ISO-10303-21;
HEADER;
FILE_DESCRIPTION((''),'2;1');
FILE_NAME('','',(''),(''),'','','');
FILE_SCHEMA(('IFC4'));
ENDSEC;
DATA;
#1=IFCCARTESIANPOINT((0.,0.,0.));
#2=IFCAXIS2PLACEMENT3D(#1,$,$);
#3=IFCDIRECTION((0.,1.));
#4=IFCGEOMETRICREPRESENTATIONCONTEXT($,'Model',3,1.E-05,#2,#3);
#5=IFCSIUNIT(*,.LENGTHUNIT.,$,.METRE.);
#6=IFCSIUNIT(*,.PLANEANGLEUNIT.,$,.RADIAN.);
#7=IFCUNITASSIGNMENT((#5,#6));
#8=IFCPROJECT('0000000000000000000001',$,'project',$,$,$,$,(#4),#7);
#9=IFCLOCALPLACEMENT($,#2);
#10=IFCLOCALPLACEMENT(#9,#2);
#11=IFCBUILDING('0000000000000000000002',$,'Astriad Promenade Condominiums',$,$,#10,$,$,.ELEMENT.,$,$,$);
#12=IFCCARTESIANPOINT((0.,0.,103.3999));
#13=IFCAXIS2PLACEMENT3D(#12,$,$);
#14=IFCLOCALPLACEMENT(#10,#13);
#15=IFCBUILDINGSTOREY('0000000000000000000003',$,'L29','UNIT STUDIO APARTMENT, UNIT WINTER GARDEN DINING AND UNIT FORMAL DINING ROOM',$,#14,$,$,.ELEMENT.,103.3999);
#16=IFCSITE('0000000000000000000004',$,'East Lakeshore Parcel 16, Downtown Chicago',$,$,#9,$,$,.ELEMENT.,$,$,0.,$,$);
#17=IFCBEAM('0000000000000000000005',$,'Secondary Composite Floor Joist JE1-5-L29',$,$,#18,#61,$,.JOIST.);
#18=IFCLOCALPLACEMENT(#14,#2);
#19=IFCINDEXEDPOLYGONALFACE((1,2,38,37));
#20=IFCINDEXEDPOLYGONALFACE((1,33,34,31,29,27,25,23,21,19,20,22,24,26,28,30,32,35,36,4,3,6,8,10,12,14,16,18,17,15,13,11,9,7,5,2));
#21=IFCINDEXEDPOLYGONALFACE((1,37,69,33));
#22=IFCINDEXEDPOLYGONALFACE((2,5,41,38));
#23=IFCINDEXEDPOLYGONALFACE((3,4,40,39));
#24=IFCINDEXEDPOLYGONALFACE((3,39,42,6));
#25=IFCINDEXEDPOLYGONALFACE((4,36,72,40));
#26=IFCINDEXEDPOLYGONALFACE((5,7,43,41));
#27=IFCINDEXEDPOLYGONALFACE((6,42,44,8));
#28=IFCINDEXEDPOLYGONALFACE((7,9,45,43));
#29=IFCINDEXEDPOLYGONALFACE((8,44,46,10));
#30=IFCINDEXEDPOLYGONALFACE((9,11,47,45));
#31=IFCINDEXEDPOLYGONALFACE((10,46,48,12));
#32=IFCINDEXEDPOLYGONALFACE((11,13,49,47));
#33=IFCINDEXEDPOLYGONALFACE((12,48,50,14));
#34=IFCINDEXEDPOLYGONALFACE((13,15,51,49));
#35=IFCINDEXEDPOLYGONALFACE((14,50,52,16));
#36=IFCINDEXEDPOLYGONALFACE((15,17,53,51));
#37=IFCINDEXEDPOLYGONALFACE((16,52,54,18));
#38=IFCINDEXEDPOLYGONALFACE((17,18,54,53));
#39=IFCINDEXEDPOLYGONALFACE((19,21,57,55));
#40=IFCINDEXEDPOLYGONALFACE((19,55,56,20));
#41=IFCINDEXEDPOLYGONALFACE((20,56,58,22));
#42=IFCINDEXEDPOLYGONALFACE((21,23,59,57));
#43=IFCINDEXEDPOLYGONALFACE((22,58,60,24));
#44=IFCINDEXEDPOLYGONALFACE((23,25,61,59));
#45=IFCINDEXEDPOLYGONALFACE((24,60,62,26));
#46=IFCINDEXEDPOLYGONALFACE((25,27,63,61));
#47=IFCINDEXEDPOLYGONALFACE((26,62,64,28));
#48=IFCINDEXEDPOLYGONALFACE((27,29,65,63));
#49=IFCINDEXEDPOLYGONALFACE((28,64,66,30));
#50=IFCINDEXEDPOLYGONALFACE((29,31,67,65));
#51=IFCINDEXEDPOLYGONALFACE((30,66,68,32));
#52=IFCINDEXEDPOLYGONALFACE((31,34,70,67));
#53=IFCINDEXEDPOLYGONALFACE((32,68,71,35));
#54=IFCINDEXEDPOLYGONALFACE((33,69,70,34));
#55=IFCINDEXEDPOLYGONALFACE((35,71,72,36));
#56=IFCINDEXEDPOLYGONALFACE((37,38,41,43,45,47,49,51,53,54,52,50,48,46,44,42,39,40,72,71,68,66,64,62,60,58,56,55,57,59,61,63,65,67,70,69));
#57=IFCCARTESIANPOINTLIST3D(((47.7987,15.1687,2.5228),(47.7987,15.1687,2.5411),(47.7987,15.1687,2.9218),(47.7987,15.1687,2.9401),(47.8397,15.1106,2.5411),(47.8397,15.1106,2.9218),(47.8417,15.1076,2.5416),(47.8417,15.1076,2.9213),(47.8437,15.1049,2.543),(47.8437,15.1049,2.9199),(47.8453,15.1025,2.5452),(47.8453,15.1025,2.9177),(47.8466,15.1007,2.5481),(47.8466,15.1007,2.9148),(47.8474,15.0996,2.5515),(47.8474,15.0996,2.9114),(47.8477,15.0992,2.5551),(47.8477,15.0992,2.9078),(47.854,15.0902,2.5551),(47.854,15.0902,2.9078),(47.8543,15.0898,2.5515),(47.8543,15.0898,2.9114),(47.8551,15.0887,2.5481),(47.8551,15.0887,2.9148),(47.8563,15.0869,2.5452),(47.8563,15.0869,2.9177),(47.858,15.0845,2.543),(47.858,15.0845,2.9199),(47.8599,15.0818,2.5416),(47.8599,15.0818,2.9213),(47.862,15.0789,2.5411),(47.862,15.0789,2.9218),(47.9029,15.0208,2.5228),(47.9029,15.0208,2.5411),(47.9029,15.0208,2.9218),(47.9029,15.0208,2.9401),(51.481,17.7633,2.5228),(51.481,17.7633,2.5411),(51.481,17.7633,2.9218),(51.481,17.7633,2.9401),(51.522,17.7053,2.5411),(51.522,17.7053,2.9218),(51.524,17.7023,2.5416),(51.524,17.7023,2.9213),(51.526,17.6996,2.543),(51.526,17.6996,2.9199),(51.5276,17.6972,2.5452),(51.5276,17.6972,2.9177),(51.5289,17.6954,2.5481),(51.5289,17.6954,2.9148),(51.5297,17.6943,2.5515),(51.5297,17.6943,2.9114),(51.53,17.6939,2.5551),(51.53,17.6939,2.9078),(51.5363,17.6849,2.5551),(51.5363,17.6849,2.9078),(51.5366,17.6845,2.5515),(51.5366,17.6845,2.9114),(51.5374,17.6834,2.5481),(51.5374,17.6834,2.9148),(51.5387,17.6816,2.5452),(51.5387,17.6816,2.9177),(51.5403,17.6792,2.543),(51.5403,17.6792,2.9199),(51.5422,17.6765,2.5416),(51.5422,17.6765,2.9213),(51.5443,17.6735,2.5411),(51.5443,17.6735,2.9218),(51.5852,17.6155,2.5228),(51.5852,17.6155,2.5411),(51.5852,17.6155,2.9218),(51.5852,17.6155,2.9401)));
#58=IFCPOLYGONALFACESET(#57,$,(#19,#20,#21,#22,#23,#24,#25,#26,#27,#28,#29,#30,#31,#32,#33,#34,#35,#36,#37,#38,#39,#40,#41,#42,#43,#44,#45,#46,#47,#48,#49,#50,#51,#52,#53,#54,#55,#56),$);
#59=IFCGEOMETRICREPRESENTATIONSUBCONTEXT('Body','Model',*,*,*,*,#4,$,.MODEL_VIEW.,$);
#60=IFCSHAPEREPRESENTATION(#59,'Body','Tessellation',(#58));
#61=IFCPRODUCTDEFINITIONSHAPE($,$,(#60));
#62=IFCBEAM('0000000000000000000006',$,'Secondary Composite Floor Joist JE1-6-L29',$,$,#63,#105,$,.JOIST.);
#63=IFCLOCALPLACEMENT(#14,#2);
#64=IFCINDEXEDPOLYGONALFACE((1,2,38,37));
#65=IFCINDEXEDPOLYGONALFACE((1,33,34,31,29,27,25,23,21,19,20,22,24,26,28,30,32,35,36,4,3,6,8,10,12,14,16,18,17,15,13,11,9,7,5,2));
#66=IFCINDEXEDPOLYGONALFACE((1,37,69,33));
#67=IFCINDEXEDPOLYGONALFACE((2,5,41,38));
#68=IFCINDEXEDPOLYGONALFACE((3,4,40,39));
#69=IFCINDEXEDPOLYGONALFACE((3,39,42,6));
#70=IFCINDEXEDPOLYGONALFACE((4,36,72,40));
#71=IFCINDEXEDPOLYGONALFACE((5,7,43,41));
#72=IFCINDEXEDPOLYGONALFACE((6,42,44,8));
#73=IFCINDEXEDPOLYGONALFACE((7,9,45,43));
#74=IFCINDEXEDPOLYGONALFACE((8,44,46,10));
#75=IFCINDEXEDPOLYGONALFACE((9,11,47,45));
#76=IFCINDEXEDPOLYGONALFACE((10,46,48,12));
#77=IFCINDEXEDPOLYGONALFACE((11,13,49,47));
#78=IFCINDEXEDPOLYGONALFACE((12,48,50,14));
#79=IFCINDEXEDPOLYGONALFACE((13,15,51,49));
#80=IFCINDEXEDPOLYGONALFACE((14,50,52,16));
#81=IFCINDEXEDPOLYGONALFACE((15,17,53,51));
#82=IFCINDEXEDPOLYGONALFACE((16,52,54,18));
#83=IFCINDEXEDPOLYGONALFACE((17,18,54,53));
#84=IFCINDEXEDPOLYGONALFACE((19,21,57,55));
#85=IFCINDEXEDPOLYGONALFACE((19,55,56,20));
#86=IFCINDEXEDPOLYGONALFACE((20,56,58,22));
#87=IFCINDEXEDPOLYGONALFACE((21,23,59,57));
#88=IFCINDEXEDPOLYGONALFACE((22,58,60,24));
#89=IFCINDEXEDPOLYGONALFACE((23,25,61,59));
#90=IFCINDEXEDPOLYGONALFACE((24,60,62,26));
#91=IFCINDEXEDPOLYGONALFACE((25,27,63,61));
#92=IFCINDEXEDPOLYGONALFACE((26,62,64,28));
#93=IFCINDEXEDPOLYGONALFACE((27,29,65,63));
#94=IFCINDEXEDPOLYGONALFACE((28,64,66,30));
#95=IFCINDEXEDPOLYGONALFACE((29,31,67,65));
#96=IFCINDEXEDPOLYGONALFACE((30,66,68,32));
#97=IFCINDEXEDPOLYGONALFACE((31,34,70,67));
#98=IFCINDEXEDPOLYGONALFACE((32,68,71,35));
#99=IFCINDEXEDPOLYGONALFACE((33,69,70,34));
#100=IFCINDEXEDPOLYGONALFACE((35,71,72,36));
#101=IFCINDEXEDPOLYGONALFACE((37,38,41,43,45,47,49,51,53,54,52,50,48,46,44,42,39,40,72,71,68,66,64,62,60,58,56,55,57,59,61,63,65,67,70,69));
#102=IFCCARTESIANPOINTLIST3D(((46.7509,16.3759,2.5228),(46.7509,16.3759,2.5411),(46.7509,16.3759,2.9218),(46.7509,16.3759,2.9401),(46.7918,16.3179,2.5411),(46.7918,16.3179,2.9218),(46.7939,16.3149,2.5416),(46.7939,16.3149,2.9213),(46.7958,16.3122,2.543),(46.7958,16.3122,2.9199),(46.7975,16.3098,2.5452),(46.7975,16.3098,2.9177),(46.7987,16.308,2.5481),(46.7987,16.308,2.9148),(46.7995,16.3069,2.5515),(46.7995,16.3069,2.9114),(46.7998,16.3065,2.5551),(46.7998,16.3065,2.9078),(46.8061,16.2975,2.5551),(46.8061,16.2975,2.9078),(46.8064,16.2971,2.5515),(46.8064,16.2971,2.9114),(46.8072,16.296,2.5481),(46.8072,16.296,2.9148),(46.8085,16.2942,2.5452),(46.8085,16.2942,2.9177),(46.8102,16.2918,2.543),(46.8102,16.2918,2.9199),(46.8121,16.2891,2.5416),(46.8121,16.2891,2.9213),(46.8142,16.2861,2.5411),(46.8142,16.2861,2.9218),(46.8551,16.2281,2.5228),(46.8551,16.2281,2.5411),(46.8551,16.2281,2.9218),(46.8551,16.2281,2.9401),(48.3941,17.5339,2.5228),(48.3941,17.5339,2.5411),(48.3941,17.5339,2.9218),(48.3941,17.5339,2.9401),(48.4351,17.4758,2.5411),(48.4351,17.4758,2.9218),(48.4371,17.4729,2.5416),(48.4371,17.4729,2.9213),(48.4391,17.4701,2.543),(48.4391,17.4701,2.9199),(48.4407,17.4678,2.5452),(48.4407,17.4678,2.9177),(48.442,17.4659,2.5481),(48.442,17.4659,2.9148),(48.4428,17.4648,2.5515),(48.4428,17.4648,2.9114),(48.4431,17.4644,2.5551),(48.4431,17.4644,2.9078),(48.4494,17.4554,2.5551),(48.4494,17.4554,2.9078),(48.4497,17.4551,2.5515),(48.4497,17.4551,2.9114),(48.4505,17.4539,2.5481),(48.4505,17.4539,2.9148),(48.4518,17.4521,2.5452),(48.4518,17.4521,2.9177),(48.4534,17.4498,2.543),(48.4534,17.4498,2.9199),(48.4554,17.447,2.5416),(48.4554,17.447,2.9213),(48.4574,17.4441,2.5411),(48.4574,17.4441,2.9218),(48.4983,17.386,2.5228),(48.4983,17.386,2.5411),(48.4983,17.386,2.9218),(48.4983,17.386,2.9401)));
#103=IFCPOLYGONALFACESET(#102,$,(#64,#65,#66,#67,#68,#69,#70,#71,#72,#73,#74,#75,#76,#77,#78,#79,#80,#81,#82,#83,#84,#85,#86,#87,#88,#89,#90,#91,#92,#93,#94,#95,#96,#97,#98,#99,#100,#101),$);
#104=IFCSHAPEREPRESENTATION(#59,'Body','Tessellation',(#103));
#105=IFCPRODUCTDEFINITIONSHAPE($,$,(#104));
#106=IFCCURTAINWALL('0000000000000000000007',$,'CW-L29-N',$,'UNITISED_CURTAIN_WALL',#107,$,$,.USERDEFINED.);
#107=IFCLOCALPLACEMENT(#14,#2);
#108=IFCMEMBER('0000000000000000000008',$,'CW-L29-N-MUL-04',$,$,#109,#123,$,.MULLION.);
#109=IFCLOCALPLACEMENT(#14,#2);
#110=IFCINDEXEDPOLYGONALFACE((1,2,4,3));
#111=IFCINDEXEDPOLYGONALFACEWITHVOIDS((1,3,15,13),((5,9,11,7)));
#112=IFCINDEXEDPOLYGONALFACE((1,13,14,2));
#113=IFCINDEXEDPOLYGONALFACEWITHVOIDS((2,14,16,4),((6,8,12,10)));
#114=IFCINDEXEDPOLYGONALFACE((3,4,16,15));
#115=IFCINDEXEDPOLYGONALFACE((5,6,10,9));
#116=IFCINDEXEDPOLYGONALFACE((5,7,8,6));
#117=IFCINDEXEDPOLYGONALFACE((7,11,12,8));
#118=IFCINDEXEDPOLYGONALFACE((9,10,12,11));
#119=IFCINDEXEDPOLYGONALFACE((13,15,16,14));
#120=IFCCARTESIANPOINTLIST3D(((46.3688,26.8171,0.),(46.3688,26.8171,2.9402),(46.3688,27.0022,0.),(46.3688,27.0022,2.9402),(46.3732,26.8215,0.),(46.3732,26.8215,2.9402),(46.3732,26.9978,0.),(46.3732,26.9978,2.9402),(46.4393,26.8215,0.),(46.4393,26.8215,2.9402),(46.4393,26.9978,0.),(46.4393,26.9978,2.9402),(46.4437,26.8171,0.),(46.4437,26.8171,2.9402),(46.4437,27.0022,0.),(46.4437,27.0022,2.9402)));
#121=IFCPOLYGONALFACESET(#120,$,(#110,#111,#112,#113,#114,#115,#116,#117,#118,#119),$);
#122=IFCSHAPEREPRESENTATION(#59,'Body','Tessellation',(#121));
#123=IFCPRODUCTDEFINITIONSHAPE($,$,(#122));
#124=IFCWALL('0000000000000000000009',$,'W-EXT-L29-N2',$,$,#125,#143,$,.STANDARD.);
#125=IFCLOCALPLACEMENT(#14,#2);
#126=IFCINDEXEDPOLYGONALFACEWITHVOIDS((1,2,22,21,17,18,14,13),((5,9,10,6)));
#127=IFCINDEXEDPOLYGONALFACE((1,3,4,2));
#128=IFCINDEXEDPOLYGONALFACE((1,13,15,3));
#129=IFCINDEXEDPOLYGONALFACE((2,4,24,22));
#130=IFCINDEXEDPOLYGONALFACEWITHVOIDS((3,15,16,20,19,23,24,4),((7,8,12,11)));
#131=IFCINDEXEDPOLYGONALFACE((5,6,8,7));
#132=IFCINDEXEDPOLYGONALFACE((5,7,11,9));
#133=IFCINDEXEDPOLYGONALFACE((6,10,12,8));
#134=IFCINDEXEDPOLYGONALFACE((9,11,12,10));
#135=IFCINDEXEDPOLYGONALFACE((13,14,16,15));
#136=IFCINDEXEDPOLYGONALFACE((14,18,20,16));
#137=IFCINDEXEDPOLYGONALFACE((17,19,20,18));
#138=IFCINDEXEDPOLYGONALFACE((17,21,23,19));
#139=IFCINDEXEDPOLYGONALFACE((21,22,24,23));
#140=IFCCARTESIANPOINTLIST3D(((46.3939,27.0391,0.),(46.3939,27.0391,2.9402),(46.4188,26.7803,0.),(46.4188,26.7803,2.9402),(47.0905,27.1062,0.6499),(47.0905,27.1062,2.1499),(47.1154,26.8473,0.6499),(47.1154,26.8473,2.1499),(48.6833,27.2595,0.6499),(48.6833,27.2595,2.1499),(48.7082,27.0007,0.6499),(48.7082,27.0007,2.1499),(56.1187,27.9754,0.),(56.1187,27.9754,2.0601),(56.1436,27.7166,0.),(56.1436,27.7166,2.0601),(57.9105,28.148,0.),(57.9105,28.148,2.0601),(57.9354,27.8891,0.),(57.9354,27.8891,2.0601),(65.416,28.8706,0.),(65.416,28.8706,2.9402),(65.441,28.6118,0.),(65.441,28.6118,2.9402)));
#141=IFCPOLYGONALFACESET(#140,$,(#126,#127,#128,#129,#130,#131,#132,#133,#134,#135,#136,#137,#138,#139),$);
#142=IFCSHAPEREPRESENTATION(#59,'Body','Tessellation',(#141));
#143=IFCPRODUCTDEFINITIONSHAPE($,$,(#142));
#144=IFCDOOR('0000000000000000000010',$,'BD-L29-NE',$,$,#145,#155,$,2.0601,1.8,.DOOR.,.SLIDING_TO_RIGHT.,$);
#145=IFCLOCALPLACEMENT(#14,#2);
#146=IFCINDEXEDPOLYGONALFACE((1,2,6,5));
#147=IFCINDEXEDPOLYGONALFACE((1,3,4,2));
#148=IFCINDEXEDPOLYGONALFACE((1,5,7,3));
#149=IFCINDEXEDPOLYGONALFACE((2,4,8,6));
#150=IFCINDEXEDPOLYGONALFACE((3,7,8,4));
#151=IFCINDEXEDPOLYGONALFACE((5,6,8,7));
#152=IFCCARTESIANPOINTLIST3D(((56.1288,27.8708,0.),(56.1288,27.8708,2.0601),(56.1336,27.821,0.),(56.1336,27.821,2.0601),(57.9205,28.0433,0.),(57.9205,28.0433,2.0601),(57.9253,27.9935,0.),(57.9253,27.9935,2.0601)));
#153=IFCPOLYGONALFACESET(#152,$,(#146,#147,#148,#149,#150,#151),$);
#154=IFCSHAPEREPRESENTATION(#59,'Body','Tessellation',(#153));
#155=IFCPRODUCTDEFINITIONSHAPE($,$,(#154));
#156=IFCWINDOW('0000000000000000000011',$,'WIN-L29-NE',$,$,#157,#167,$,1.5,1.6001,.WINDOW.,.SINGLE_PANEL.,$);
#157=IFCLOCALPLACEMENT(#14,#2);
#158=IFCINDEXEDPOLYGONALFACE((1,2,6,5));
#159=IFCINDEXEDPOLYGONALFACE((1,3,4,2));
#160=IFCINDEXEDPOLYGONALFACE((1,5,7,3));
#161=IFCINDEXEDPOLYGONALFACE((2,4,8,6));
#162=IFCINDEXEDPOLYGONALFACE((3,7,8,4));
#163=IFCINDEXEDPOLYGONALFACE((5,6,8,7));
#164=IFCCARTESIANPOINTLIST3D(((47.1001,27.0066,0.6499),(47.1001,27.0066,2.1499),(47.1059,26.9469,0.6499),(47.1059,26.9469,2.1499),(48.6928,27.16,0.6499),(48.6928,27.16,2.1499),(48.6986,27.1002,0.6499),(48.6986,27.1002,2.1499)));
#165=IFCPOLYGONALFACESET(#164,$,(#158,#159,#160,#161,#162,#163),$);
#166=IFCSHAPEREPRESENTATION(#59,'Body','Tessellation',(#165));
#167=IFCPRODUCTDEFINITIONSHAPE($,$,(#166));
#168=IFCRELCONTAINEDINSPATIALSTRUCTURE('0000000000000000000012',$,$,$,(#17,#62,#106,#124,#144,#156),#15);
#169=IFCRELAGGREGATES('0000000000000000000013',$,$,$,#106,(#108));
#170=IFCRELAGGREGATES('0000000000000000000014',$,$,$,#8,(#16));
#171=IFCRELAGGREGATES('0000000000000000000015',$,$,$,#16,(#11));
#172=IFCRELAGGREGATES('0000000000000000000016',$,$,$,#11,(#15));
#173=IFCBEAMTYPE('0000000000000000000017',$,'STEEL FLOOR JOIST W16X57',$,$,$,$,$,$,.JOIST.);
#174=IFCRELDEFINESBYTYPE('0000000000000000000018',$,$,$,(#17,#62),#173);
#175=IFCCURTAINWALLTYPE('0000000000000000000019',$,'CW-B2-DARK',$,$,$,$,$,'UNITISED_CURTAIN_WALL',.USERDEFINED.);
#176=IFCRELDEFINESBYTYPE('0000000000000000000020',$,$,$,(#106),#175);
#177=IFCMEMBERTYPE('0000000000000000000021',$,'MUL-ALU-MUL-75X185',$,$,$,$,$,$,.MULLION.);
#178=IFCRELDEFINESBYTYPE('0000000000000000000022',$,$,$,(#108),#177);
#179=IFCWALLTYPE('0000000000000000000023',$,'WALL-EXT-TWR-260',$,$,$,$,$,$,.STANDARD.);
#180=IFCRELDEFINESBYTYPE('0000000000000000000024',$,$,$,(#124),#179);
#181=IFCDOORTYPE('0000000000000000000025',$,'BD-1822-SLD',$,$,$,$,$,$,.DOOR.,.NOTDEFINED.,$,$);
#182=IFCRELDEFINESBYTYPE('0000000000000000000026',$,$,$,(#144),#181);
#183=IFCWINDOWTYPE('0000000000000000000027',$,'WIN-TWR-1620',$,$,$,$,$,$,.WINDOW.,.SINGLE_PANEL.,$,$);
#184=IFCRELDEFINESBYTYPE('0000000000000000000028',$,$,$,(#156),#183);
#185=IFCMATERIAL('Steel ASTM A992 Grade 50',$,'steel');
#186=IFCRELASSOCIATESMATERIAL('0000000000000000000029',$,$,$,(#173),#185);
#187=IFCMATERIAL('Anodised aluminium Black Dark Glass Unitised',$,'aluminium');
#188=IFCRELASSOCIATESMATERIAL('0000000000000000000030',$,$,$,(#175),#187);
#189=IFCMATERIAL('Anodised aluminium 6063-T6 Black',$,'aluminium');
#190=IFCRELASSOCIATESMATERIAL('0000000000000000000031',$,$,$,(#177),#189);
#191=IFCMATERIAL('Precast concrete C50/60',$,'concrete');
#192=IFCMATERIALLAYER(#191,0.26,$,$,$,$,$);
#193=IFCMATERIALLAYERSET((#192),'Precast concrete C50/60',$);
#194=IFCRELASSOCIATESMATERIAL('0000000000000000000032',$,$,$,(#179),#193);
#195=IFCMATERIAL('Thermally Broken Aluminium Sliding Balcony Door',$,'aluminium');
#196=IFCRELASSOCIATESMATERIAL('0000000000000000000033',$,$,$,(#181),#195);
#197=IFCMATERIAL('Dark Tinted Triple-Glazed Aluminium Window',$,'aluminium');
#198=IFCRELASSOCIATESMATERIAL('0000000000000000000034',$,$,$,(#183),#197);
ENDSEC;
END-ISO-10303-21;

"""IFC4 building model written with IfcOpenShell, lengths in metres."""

from ifc_helpers import new_model, si_unit, direction, frame, frame_2d, origin, origin_2d, place, context, subcontext, project, spatial, rectangle, hollow_rectangle, i_section, extrude, source, transform, mapped, material, layer, layer_set, material_profile, profile_set, type_object, type_shapes, element, fill, aggregate, save


model = new_model("IFC4")

# Units and contexts
model_context = context("Model", 3, precision=1e-05, world=origin(), true_north=direction((0.0, 1.0)))
body_context = subcontext(model_context, "Body", "Model", "MODEL_VIEW")
ifc_project = project(units=[si_unit("LENGTHUNIT", "METRE"), si_unit("PLANEANGLEUNIT", "RADIAN")], contexts=[model_context])

# Site, building, storey
site_placement = place(None, origin())
site = spatial("IfcSite", under=ifc_project, at=site_placement, Name="East Lakeshore Parcel 16, Downtown Chicago", CompositionType="ELEMENT", RefElevation=0.0)
building_placement = place(site_placement, origin())
building = spatial("IfcBuilding", under=site, at=building_placement, Name="Astriad Promenade Condominiums", CompositionType="ELEMENT")
storey_placement = place(building_placement, frame((0.0, 0.0, 103.3999)))
storey = spatial("IfcBuildingStorey", under=building, at=storey_placement, Name="L29", Description="UNIT STUDIO APARTMENT, UNIT WINTER GARDEN DINING AND UNIT FORMAL DINING ROOM", CompositionType="ELEMENT", Elevation=103.3999)

# Beams
ifc_material_1 = material(Name="Steel ASTM A992 Grade 50", Category="steel")
ifc_material_profile_1 = material_profile(ifc_material_1, i_section(OverallWidth=0.1809, OverallDepth=0.4172, WebThickness=0.011, FlangeThickness=0.0183, FilletRadius=0.0139, at=origin_2d()), Name="W16X57")
ifc_profile_set_1 = profile_set([ifc_material_profile_1], Name="Steel ASTM A992 Grade 50")
beam_type_1 = type_object("IfcBeamType", Name="STEEL FLOOR JOIST W16X57", PredefinedType="JOIST", material=ifc_profile_set_1)
shared_shape_1 = source(origin(), body_context, "Body", "SweptSolid", [
    extrude(i_section(OverallWidth=0.1809, OverallDepth=0.4172, WebThickness=0.011, FlangeThickness=0.0183, FilletRadius=0.0139, at=origin_2d()), origin(), (0.0, 0.0, 1.0), 4.5046),
])
beam_1_placement = place(storey_placement, frame((47.8508, 15.0947, 2.7314), z_axis=(0.817448, 0.576002, 0.0), x_axis=(-0.576002, 0.817448, 0.0)))
element("IfcBeam", 1, at=beam_1_placement, inside=storey, type_object=beam_type_1, Name="Secondary Composite Floor Joist JE1-5-L29", PredefinedType="JOIST", context=body_context, shape_type="MappedRepresentation", body=[
    mapped(shared_shape_1, transform((0.0, 0.0, 0.0), scale=1.0)),
])
shared_shape_2 = source(origin(), body_context, "Body", "SweptSolid", [
    extrude(i_section(OverallWidth=0.1809, OverallDepth=0.4172, WebThickness=0.011, FlangeThickness=0.0183, FilletRadius=0.0139, at=origin_2d()), origin(), (0.0, 0.0, 1.0), 2.0103),
])
beam_2_placement = place(storey_placement, frame((46.803, 16.302, 2.7314), z_axis=(0.817442, 0.576011, 0.0), x_axis=(-0.576011, 0.817442, 0.0)))
element("IfcBeam", 2, at=beam_2_placement, inside=storey, type_object=beam_type_1, Name="Secondary Composite Floor Joist JE1-6-L29", PredefinedType="JOIST", context=body_context, shape_type="MappedRepresentation", body=[
    mapped(shared_shape_2, transform((0.0, 0.0, 0.0), scale=1.0)),
])

# Curtain wall, member
ifc_material_2 = material(Name="Anodised aluminium Black Dark Glass Unitised", Category="aluminium")
curtain_wall_type = type_object("IfcCurtainWallType", Name="CW-B2-DARK", ElementType="UNITISED_CURTAIN_WALL", PredefinedType="USERDEFINED", material=ifc_material_2)
curtain_wall_placement = place(storey_placement, origin())
curtain_wall = element("IfcCurtainWall", 3, at=curtain_wall_placement, inside=storey, type_object=curtain_wall_type, Name="CW-L29-N", ObjectType="UNITISED_CURTAIN_WALL", PredefinedType="USERDEFINED")
ifc_material_3 = material(Name="Anodised aluminium 6063-T6 Black", Category="aluminium")
ifc_material_profile_2 = material_profile(ifc_material_3, hollow_rectangle(XDim=0.075, YDim=0.1851, WallThickness=0.0044, at=origin_2d()), Name="ALU-MUL-75X185")
ifc_profile_set_2 = profile_set([ifc_material_profile_2], Name="Anodised aluminium 6063-T6 Black")
member_type = type_object("IfcMemberType", Name="MUL-ALU-MUL-75X185", PredefinedType="MULLION", material=ifc_profile_set_2)
shared_shape_3 = source(origin(), body_context, "Body", "SweptSolid", [
    extrude(hollow_rectangle(XDim=0.075, YDim=0.1851, WallThickness=0.0044, at=origin_2d()), origin(), (0.0, 0.0, 1.0), 2.9402),
])
type_shapes(member_type, [shared_shape_3])
member_placement = place(storey_placement, frame((46.4062, 26.9097, 0.0), z_axis=(0.0, 0.0, 1.0), x_axis=(1.0, 0.0, 0.0)))
member = element("IfcMember", 4, at=member_placement, type_object=member_type, Name="CW-L29-N-MUL-04", PredefinedType="MULLION", context=body_context, shape_type="MappedRepresentation", body=[
    mapped(shared_shape_3, transform((0.0, 0.0, 0.0), scale=1.0)),
])
aggregate(curtain_wall, [member])

# Wall, openings, door, window
ifc_material_4 = material(Name="Precast concrete C50/60", Category="concrete")
ifc_layer_1 = layer(ifc_material_4, 0.26)
ifc_layer_set_1 = layer_set([ifc_layer_1], Name="Precast concrete C50/60")
wall_type_1 = type_object("IfcWallType", Name="WALL-EXT-TWR-260", PredefinedType="STANDARD", material=ifc_layer_set_1)
wall_1_placement = place(storey_placement, frame((46.4062, 26.9097, 0.0), z_axis=(0.0, 0.0, 1.0), x_axis=(0.995397, 0.095841, 0.0)))
wall_1 = element("IfcWall", 5, at=wall_1_placement, inside=storey, type_object=wall_type_1, Name="W-EXT-L29-N2", PredefinedType="STANDARD", context=body_context, shape_type="SweptSolid", body=[
    extrude(rectangle(XDim=19.1101, YDim=0.26, at=frame_2d((9.5552, 0.0))), origin(), (0.0, 0.0, 1.0), 2.9402),
])
opening_1_placement = place(wall_1_placement, frame((9.77, 0.0, 0.0)))
opening_1 = element("IfcOpeningElement", 6, at=opening_1_placement, cuts=wall_1, PredefinedType="OPENING", context=body_context, shape_type="SweptSolid", body=[
    extrude(rectangle(XDim=1.8, YDim=2.0601, at=frame_2d((0.8999, 1.03))), frame((0.0, 0.1399, 0.0), z_axis=(0.0, -1.0, 0.0), x_axis=(1.0, 0.0, 0.0)), (0.0, 0.0, 1.0), 0.28),
])
opening_2_placement = place(wall_1_placement, frame((0.7, 0.0, 0.6499)))
opening_2 = element("IfcOpeningElement", 7, at=opening_2_placement, cuts=wall_1, PredefinedType="OPENING", context=body_context, shape_type="SweptSolid", body=[
    extrude(rectangle(XDim=1.6001, YDim=1.5, at=frame_2d((0.8, 0.75))), frame((0.0, 0.1399, 0.0), z_axis=(0.0, -1.0, 0.0), x_axis=(1.0, 0.0, 0.0)), (0.0, 0.0, 1.0), 0.28),
])
ifc_material_5 = material(Name="Thermally Broken Aluminium Sliding Balcony Door", Category="aluminium")
door_type_1 = type_object("IfcDoorType", Name="BD-1822-SLD", OperationType="NOTDEFINED", PredefinedType="DOOR", material=ifc_material_5)
shared_shape_4 = source(origin(), body_context, "Body", "SweptSolid", [
    extrude(rectangle(XDim=1.8, YDim=2.0601, at=frame_2d((0.8999, 1.03))), frame((0.0, 0.0249, 0.0), z_axis=(0.0, -1.0, 0.0), x_axis=(1.0, 0.0, 0.0)), (0.0, 0.0, 1.0), 0.05),
])
type_shapes(door_type_1, [shared_shape_4])
door_1_placement = place(opening_1_placement, origin())
door_1 = element("IfcDoor", 8, at=door_1_placement, inside=storey, type_object=door_type_1, Name="BD-L29-NE", OperationType="SLIDING_TO_RIGHT", OverallHeight=2.0601, OverallWidth=1.8, PredefinedType="DOOR", context=body_context, shape_type="MappedRepresentation", body=[
    mapped(shared_shape_4, transform((0.0, 0.0, 0.0), scale=1.0)),
])
fill(opening_1, door_1)
ifc_material_6 = material(Name="Dark Tinted Triple-Glazed Aluminium Window", Category="aluminium")
window_type = type_object("IfcWindowType", Name="WIN-TWR-1620", PartitioningType="SINGLE_PANEL", PredefinedType="WINDOW", material=ifc_material_6)
shared_shape_5 = source(origin(), body_context, "Body", "SweptSolid", [
    extrude(rectangle(XDim=1.6001, YDim=1.5, at=frame_2d((0.8, 0.75))), frame((0.0, 0.03, 0.0), z_axis=(0.0, -1.0, 0.0), x_axis=(1.0, 0.0, 0.0)), (0.0, 0.0, 1.0), 0.0601),
])
type_shapes(window_type, [shared_shape_5])
window_placement = place(opening_2_placement, origin())
window = element("IfcWindow", 9, at=window_placement, inside=storey, type_object=window_type, Name="WIN-L29-NE", OverallHeight=1.5, OverallWidth=1.6001, PartitioningType="SINGLE_PANEL", PredefinedType="WINDOW", context=body_context, shape_type="MappedRepresentation", body=[
    mapped(shared_shape_5, transform((0.0, 0.0, 0.0), scale=1.0)),
])
fill(opening_2, window)

save(model, "model.ifc")
